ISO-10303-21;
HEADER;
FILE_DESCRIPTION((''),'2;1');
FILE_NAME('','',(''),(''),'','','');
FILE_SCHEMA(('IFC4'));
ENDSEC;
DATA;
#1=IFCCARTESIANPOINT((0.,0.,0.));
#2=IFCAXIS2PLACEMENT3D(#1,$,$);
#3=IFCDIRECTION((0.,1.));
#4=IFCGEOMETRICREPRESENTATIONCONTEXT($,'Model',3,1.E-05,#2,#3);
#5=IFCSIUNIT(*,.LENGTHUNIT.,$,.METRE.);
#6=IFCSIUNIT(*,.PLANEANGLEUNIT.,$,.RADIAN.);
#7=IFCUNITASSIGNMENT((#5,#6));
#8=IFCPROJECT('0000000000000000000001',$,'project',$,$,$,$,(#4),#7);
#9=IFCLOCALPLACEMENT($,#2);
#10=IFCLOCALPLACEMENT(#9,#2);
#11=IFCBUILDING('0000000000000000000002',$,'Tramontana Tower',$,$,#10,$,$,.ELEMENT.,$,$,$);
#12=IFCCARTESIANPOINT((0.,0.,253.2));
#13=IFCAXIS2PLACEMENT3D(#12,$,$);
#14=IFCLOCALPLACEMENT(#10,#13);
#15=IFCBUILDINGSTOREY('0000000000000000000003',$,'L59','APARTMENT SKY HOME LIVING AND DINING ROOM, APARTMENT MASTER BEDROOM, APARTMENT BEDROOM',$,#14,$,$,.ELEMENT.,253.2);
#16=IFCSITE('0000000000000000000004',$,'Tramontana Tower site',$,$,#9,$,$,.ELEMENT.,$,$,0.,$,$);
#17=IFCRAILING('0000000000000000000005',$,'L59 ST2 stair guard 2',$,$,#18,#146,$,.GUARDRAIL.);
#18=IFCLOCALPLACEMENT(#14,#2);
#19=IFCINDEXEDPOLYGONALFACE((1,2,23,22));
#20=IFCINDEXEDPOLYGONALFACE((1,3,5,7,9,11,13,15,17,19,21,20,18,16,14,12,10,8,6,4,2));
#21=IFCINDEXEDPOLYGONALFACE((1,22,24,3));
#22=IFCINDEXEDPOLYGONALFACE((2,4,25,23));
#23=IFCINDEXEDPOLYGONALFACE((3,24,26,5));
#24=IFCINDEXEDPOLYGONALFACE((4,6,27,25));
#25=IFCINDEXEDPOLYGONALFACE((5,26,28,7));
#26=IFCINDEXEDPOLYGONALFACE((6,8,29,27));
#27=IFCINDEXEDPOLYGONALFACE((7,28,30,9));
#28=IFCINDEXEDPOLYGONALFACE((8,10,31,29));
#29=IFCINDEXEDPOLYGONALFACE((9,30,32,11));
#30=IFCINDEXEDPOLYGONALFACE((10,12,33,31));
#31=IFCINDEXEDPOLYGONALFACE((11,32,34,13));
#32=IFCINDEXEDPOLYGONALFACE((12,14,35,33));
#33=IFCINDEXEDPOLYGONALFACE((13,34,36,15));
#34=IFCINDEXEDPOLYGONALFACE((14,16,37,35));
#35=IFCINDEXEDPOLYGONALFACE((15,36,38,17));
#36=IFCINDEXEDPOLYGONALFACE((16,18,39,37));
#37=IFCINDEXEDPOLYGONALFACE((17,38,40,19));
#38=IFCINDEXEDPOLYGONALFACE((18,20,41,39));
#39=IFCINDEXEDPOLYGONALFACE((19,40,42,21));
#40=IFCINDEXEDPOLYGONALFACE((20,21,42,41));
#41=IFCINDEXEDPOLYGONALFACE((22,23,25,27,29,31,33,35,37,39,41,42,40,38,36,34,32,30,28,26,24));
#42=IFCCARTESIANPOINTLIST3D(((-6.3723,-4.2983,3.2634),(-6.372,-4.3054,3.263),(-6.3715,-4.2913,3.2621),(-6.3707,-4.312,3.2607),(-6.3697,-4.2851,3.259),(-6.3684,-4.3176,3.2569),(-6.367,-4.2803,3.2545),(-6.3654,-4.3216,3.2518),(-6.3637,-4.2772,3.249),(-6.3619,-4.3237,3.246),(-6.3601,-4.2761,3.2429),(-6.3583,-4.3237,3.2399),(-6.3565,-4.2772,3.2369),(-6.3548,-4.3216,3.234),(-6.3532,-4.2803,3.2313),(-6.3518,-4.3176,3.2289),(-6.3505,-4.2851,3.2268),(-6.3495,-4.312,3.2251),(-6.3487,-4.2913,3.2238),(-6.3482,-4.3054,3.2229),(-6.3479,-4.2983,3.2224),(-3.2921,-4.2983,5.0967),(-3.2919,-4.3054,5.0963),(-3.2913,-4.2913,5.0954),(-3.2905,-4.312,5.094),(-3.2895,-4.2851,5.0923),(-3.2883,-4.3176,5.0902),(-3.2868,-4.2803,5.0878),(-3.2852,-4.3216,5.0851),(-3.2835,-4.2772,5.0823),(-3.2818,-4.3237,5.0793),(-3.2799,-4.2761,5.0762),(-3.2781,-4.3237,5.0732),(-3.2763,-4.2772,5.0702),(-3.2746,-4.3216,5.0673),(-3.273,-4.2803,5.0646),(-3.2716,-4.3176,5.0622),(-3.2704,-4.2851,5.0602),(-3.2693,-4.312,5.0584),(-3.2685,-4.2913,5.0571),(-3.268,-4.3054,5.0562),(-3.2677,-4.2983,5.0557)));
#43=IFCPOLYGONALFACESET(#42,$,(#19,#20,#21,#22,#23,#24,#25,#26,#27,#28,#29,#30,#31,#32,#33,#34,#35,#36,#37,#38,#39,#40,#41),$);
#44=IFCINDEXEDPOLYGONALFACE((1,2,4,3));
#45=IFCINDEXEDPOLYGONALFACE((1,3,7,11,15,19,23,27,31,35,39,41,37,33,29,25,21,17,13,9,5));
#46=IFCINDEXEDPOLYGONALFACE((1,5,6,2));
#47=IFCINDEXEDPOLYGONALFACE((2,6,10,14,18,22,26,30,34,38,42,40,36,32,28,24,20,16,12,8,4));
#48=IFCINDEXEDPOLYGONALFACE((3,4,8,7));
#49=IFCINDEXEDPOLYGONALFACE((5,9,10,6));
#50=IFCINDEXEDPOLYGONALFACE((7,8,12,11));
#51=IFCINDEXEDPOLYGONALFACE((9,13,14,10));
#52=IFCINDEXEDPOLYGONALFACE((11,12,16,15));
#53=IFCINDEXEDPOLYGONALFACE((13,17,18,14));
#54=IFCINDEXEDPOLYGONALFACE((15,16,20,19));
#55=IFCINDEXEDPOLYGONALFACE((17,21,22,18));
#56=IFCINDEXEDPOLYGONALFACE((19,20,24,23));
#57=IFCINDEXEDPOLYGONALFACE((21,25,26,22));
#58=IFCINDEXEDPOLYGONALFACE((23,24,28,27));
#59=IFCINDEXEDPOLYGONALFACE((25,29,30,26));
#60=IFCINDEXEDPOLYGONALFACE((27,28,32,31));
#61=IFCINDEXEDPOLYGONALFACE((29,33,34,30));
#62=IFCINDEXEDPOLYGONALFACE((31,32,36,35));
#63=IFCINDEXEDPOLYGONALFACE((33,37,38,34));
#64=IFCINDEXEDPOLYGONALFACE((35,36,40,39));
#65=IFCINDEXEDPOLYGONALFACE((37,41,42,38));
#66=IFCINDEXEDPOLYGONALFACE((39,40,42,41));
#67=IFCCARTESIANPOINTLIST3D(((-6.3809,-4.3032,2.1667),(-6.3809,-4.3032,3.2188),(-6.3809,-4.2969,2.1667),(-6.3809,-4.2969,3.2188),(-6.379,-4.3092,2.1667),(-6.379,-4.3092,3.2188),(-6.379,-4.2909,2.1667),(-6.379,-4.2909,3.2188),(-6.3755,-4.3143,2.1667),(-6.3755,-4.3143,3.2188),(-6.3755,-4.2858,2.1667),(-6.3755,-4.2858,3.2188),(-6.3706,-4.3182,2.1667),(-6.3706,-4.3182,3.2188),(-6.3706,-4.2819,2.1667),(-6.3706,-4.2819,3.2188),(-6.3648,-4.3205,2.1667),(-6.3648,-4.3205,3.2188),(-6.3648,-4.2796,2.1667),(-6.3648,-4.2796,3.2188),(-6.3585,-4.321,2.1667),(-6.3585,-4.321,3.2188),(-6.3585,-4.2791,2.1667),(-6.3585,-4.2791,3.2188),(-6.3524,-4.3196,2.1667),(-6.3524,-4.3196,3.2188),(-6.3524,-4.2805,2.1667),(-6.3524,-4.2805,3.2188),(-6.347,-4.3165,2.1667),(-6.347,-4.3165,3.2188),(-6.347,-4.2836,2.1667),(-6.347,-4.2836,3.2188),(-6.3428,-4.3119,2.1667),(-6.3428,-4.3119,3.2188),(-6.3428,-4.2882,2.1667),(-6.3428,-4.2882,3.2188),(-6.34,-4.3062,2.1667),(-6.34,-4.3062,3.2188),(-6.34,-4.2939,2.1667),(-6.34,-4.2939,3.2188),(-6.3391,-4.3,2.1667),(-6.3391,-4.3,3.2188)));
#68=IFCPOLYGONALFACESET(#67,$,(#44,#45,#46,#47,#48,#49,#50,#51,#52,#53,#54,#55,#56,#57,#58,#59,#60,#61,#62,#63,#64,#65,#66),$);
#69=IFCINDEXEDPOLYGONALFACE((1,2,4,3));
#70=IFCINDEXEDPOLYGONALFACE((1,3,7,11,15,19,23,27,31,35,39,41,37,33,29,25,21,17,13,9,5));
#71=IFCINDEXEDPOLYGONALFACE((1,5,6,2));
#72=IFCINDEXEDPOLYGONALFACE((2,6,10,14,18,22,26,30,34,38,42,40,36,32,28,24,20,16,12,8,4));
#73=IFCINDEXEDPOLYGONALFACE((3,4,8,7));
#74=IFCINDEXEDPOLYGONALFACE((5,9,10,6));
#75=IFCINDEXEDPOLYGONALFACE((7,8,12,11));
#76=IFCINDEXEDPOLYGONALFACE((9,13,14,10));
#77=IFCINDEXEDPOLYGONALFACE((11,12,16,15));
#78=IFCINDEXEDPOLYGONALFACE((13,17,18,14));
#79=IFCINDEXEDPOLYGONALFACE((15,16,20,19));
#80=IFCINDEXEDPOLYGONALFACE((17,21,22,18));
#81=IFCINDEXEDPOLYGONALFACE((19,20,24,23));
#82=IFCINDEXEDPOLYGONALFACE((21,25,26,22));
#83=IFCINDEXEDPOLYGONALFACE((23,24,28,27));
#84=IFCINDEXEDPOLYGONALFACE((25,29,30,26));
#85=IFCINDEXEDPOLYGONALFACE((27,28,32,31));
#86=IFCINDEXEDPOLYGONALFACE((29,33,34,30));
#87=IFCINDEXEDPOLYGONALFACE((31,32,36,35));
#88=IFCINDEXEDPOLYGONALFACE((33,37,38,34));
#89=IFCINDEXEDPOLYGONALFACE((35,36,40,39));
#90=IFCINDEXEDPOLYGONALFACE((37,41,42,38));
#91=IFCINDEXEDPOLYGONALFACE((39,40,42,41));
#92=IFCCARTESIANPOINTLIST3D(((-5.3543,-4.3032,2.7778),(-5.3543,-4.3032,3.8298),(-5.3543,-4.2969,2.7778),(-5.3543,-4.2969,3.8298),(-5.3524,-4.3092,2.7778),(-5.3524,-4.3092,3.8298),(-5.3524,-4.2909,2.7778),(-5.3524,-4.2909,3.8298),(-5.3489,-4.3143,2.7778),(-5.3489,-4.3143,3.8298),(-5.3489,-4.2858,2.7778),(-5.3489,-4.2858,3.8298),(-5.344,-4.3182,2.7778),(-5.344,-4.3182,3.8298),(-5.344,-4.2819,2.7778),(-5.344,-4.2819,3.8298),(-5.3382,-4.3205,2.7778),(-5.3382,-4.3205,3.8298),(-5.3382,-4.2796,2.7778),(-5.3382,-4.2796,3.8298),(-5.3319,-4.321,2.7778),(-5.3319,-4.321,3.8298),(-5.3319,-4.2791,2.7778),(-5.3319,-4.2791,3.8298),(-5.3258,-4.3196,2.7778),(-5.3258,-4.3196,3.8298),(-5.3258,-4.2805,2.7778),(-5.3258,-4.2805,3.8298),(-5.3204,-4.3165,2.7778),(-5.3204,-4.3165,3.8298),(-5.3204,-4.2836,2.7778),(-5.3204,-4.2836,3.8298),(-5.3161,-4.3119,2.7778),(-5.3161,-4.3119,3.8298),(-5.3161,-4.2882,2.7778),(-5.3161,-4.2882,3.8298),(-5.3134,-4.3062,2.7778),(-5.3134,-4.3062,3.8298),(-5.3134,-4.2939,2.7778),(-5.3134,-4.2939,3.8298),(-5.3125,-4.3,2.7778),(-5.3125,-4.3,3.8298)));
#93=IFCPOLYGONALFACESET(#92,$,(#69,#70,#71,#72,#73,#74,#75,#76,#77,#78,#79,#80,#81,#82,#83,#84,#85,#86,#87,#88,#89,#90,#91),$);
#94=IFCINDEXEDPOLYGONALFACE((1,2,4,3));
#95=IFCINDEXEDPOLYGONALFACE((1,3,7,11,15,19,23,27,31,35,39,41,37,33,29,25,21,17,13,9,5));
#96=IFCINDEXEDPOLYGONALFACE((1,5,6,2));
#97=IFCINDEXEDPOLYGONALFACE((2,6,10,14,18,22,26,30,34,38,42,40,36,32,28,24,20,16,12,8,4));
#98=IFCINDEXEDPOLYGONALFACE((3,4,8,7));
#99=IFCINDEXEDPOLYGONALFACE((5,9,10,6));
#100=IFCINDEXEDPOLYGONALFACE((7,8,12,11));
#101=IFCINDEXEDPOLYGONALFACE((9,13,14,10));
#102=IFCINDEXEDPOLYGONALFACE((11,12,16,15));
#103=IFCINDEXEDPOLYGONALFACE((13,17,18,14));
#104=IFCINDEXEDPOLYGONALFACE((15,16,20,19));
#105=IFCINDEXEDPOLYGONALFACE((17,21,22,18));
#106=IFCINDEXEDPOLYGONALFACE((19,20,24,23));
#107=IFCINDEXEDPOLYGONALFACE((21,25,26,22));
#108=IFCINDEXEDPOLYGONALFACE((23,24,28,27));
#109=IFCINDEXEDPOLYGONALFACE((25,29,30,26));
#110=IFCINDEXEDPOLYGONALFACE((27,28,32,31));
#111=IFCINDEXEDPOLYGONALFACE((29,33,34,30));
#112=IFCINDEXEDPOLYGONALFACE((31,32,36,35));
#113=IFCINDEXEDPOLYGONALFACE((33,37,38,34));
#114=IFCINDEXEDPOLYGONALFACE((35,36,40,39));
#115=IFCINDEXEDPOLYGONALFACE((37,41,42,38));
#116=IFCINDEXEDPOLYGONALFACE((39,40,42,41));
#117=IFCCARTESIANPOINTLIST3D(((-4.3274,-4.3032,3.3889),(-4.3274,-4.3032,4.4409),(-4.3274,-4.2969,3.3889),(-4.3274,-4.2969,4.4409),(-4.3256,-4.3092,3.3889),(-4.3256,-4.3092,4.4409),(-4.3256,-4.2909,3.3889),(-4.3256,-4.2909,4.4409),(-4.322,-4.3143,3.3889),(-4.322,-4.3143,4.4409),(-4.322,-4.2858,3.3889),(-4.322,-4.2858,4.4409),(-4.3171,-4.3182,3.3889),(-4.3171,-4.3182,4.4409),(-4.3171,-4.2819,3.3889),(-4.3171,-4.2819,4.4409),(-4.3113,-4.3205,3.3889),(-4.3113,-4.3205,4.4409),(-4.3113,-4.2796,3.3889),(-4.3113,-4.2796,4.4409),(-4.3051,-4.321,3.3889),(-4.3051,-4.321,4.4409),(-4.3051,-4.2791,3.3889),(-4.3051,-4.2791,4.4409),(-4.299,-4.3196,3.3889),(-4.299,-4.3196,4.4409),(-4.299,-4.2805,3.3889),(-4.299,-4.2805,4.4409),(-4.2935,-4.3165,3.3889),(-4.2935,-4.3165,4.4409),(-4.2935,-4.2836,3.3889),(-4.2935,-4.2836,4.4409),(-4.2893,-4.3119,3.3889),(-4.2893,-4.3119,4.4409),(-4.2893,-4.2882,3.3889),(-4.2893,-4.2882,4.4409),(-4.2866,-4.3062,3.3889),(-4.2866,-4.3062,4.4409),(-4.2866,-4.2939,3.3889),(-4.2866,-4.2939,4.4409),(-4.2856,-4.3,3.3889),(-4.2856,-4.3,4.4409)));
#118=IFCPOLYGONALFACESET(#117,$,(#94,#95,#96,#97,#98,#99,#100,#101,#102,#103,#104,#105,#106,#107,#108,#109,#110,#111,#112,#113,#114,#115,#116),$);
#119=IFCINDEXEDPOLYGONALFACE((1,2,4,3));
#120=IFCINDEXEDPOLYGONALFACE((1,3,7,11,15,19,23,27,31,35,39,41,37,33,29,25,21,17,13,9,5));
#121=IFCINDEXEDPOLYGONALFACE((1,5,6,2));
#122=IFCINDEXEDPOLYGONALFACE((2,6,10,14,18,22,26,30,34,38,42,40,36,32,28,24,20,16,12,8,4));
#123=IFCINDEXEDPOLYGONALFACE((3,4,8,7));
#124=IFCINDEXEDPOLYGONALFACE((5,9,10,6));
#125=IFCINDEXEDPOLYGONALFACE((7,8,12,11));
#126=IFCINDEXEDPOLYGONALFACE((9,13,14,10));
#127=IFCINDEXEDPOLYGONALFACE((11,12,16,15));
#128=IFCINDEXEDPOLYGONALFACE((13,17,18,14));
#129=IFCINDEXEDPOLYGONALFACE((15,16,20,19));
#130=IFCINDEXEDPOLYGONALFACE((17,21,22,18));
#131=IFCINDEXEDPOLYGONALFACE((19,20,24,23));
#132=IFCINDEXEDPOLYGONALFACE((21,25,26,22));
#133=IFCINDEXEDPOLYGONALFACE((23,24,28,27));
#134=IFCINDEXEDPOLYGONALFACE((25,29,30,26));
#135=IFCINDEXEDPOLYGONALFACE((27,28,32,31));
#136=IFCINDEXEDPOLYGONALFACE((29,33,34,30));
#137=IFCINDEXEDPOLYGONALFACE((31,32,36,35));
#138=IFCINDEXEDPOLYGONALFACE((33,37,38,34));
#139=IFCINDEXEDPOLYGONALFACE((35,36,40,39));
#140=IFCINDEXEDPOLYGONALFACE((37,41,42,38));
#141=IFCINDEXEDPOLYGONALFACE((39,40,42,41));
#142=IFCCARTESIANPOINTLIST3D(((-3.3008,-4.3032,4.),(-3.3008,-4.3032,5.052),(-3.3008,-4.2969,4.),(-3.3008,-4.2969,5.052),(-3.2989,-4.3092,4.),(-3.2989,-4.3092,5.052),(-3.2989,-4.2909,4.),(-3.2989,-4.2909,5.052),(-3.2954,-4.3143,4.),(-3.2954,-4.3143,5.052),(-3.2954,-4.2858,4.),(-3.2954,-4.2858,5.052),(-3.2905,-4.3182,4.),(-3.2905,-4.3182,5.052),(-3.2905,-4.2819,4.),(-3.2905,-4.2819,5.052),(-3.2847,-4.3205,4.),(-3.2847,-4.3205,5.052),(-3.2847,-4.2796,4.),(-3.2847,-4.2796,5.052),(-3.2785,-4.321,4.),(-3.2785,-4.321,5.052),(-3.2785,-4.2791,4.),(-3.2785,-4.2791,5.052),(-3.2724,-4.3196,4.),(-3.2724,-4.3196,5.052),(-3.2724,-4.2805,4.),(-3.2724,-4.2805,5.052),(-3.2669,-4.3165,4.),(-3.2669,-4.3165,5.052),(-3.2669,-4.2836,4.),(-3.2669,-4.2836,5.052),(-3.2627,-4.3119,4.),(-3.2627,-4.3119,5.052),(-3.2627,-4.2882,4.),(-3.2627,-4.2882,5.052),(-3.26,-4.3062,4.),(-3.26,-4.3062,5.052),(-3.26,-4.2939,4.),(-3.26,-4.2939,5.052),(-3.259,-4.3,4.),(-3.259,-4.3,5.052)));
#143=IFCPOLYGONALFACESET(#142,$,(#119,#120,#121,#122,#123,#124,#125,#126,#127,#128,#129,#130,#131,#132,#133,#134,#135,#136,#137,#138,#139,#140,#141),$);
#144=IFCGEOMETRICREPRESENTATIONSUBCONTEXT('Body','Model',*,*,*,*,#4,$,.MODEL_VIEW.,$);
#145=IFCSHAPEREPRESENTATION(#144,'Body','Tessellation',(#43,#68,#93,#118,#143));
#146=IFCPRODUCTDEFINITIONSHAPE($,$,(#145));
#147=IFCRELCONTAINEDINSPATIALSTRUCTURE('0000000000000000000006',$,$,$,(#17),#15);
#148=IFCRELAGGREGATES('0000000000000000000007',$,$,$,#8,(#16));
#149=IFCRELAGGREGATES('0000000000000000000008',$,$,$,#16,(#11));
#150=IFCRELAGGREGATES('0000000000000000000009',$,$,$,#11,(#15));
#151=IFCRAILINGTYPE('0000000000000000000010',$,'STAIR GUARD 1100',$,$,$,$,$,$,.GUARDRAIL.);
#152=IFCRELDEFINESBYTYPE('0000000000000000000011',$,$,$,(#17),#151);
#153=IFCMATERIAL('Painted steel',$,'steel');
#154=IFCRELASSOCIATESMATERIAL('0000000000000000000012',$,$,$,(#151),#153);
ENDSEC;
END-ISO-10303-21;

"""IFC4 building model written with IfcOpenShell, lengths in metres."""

from ifc_helpers import new_model, si_unit, direction, frame, origin, origin_2d, place, context, subcontext, project, spatial, circle, extrude, material, type_object, element, save


model = new_model("IFC4")

# Units and contexts
model_context = context("Model", 3, precision=1e-05, world=origin(), true_north=direction((0.0, 1.0)))
body_context = subcontext(model_context, "Body", "Model", "MODEL_VIEW")
ifc_project = project(units=[si_unit("LENGTHUNIT", "METRE"), si_unit("PLANEANGLEUNIT", "RADIAN")], contexts=[model_context])

# Site, building, storey
site_placement = place(None, origin())
site = spatial("IfcSite", under=ifc_project, at=site_placement, Name="Tramontana Tower site", CompositionType="ELEMENT", RefElevation=0.0)
building_placement = place(site_placement, origin())
building = spatial("IfcBuilding", under=site, at=building_placement, Name="Tramontana Tower", CompositionType="ELEMENT")
storey_placement = place(building_placement, frame((0.0, 0.0, 253.2)))
storey = spatial("IfcBuildingStorey", under=building, at=storey_placement, Name="L59", Description="APARTMENT SKY HOME LIVING AND DINING ROOM, APARTMENT MASTER BEDROOM, APARTMENT BEDROOM", CompositionType="ELEMENT", Elevation=253.2)

# Railing
ifc_material_1 = material(Name="Painted steel", Category="steel")
railing_type_1 = type_object("IfcRailingType", Name="STAIR GUARD 1100", PredefinedType="GUARDRAIL", material=ifc_material_1)
railing_1_placement = place(storey_placement, frame((-6.3601, -4.3, 2.1667)))
element("IfcRailing", 1, at=railing_1_placement, inside=storey, type_object=railing_type_1, Name="L59 ST2 stair guard 2", PredefinedType="GUARDRAIL", context=body_context, shape_type="SweptSolid", body=[
    extrude(circle(Radius=0.0239, at=origin_2d()), frame((0.0, 0.0, 1.0762), z_axis=(0.859309, 0.0, 0.511458), x_axis=(0.0, 1.0, 0.0)), (0.0, 0.0, 1.0), 3.5845),
    extrude(circle(Radius=0.021, at=origin_2d()), origin(), (0.0, 0.0, 1.0), 1.052),
    extrude(circle(Radius=0.021, at=origin_2d()), frame((1.0266, 0.0, 0.6111)), (0.0, 0.0, 1.0), 1.052),
    extrude(circle(Radius=0.021, at=origin_2d()), frame((2.0535, 0.0, 1.2222)), (0.0, 0.0, 1.0), 1.052),
    extrude(circle(Radius=0.021, at=origin_2d()), frame((3.0801, 0.0, 1.8333)), (0.0, 0.0, 1.0), 1.052),
])

save(model, "model.ifc")
